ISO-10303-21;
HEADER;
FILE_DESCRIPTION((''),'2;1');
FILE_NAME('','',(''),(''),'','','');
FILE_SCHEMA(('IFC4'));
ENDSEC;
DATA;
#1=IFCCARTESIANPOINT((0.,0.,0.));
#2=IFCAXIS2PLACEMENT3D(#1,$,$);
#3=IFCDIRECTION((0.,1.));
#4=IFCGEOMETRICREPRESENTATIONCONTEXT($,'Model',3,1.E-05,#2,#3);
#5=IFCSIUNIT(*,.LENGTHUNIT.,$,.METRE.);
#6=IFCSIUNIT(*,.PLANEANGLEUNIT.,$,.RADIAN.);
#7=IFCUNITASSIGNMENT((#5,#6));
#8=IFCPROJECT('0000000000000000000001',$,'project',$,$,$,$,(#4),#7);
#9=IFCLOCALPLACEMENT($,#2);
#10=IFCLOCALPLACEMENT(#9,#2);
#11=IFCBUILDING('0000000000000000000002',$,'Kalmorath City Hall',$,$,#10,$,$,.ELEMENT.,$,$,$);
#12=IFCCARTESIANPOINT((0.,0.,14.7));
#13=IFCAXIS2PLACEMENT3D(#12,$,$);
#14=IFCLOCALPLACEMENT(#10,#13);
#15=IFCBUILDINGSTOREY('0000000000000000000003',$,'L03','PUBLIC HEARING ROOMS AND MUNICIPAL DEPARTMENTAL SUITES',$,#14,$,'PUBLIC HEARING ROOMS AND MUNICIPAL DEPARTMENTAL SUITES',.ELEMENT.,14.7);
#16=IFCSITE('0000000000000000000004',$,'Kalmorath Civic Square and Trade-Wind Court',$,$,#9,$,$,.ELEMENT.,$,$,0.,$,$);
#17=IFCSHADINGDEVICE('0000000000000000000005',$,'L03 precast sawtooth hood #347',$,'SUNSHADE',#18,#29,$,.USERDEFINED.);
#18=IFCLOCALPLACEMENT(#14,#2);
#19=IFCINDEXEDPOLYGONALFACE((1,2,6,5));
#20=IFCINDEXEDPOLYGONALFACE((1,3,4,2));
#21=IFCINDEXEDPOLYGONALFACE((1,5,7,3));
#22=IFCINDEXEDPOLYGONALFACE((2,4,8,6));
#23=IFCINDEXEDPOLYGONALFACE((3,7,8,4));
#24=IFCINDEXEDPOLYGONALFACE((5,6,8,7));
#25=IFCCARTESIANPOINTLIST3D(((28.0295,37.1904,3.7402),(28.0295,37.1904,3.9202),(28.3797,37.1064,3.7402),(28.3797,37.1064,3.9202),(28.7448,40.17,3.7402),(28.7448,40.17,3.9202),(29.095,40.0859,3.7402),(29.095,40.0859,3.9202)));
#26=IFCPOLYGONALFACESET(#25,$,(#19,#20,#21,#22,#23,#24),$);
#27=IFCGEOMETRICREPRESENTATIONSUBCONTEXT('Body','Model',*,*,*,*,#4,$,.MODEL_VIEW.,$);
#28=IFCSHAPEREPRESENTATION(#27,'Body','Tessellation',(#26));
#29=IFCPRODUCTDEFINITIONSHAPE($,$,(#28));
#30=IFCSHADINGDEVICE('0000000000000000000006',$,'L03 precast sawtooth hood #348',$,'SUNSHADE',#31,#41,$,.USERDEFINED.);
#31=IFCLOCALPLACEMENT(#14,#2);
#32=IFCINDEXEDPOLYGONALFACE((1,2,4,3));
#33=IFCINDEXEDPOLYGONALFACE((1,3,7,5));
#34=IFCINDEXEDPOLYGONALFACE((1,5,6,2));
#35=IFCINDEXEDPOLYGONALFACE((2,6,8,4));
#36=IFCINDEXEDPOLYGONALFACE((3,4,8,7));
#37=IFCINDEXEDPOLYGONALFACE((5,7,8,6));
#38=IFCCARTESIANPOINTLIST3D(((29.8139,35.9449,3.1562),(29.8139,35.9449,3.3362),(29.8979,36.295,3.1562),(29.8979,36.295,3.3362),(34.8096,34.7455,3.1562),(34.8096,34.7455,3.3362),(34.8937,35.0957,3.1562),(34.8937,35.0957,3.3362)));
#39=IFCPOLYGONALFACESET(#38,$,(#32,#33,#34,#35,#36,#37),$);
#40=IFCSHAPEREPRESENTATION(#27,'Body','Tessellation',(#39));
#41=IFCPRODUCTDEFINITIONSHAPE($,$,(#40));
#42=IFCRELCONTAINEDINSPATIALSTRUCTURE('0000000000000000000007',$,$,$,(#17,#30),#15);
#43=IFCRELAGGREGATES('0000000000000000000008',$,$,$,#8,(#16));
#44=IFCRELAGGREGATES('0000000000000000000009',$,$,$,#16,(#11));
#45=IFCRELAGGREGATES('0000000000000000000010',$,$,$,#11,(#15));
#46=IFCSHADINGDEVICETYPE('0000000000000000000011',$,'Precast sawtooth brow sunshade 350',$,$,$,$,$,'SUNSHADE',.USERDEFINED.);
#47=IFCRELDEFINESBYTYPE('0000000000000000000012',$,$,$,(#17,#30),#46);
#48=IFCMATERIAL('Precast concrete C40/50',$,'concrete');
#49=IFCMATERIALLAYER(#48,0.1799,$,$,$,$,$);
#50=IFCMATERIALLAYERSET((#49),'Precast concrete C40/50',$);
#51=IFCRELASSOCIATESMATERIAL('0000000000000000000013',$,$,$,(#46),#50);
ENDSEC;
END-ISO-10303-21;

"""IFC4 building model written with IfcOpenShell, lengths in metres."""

from ifc_helpers import new_model, si_unit, direction, frame, origin, origin_2d, place, context, subcontext, project, spatial, rectangle, extrude, material, layer, layer_set, type_object, element, save


model = new_model("IFC4")

# Units and contexts
model_context = context("Model", 3, precision=1e-05, world=origin(), true_north=direction((0.0, 1.0)))
body_context = subcontext(model_context, "Body", "Model", "MODEL_VIEW")
ifc_project = project(units=[si_unit("LENGTHUNIT", "METRE"), si_unit("PLANEANGLEUNIT", "RADIAN")], contexts=[model_context])

# Site, building, storey
site_placement = place(None, origin())
site = spatial("IfcSite", under=ifc_project, at=site_placement, Name="Kalmorath Civic Square and Trade-Wind Court", CompositionType="ELEMENT", RefElevation=0.0)
building_placement = place(site_placement, origin())
building = spatial("IfcBuilding", under=site, at=building_placement, Name="Kalmorath City Hall", CompositionType="ELEMENT")
storey_placement = place(building_placement, frame((0.0, 0.0, 14.7)))
storey = spatial("IfcBuildingStorey", under=building, at=storey_placement, Name="L03", Description="PUBLIC HEARING ROOMS AND MUNICIPAL DEPARTMENTAL SUITES", LongName="PUBLIC HEARING ROOMS AND MUNICIPAL DEPARTMENTAL SUITES", CompositionType="ELEMENT", Elevation=14.7)

# Shading devices
ifc_material_1 = material(Name="Precast concrete C40/50", Category="concrete")
ifc_layer_1 = layer(ifc_material_1, 0.1799)
ifc_layer_set_1 = layer_set([ifc_layer_1], Name="Precast concrete C40/50")
shading_device_type = type_object("IfcShadingDeviceType", Name="Precast sawtooth brow sunshade 350", ElementType="SUNSHADE", PredefinedType="USERDEFINED", material=ifc_layer_set_1)
shading_device_1_placement = place(storey_placement, frame((28.5623, 38.6382, 3.7402), z_axis=(0.0, 0.0, 1.0), x_axis=(-0.233445, -0.97237, 0.0)))
element("IfcShadingDevice", 1, at=shading_device_1_placement, inside=storey, type_object=shading_device_type, Name="L03 precast sawtooth hood #347", ObjectType="SUNSHADE", PredefinedType="USERDEFINED", context=body_context, shape_type="SweptSolid", body=[
    extrude(rectangle(XDim=3.0642, YDim=0.3601, at=origin_2d()), origin(), (0.0, 0.0, 1.0), 0.1799),
])
shading_device_2_placement = place(storey_placement, frame((32.3538, 35.5203, 3.1562), z_axis=(0.0, 0.0, 1.0), x_axis=(0.97237, -0.233445, 0.0)))
element("IfcShadingDevice", 2, at=shading_device_2_placement, inside=storey, type_object=shading_device_type, Name="L03 precast sawtooth hood #348", ObjectType="SUNSHADE", PredefinedType="USERDEFINED", context=body_context, shape_type="SweptSolid", body=[
    extrude(rectangle(XDim=5.1377, YDim=0.3601, at=origin_2d()), origin(), (0.0, 0.0, 1.0), 0.1799),
])

save(model, "model.ifc")
